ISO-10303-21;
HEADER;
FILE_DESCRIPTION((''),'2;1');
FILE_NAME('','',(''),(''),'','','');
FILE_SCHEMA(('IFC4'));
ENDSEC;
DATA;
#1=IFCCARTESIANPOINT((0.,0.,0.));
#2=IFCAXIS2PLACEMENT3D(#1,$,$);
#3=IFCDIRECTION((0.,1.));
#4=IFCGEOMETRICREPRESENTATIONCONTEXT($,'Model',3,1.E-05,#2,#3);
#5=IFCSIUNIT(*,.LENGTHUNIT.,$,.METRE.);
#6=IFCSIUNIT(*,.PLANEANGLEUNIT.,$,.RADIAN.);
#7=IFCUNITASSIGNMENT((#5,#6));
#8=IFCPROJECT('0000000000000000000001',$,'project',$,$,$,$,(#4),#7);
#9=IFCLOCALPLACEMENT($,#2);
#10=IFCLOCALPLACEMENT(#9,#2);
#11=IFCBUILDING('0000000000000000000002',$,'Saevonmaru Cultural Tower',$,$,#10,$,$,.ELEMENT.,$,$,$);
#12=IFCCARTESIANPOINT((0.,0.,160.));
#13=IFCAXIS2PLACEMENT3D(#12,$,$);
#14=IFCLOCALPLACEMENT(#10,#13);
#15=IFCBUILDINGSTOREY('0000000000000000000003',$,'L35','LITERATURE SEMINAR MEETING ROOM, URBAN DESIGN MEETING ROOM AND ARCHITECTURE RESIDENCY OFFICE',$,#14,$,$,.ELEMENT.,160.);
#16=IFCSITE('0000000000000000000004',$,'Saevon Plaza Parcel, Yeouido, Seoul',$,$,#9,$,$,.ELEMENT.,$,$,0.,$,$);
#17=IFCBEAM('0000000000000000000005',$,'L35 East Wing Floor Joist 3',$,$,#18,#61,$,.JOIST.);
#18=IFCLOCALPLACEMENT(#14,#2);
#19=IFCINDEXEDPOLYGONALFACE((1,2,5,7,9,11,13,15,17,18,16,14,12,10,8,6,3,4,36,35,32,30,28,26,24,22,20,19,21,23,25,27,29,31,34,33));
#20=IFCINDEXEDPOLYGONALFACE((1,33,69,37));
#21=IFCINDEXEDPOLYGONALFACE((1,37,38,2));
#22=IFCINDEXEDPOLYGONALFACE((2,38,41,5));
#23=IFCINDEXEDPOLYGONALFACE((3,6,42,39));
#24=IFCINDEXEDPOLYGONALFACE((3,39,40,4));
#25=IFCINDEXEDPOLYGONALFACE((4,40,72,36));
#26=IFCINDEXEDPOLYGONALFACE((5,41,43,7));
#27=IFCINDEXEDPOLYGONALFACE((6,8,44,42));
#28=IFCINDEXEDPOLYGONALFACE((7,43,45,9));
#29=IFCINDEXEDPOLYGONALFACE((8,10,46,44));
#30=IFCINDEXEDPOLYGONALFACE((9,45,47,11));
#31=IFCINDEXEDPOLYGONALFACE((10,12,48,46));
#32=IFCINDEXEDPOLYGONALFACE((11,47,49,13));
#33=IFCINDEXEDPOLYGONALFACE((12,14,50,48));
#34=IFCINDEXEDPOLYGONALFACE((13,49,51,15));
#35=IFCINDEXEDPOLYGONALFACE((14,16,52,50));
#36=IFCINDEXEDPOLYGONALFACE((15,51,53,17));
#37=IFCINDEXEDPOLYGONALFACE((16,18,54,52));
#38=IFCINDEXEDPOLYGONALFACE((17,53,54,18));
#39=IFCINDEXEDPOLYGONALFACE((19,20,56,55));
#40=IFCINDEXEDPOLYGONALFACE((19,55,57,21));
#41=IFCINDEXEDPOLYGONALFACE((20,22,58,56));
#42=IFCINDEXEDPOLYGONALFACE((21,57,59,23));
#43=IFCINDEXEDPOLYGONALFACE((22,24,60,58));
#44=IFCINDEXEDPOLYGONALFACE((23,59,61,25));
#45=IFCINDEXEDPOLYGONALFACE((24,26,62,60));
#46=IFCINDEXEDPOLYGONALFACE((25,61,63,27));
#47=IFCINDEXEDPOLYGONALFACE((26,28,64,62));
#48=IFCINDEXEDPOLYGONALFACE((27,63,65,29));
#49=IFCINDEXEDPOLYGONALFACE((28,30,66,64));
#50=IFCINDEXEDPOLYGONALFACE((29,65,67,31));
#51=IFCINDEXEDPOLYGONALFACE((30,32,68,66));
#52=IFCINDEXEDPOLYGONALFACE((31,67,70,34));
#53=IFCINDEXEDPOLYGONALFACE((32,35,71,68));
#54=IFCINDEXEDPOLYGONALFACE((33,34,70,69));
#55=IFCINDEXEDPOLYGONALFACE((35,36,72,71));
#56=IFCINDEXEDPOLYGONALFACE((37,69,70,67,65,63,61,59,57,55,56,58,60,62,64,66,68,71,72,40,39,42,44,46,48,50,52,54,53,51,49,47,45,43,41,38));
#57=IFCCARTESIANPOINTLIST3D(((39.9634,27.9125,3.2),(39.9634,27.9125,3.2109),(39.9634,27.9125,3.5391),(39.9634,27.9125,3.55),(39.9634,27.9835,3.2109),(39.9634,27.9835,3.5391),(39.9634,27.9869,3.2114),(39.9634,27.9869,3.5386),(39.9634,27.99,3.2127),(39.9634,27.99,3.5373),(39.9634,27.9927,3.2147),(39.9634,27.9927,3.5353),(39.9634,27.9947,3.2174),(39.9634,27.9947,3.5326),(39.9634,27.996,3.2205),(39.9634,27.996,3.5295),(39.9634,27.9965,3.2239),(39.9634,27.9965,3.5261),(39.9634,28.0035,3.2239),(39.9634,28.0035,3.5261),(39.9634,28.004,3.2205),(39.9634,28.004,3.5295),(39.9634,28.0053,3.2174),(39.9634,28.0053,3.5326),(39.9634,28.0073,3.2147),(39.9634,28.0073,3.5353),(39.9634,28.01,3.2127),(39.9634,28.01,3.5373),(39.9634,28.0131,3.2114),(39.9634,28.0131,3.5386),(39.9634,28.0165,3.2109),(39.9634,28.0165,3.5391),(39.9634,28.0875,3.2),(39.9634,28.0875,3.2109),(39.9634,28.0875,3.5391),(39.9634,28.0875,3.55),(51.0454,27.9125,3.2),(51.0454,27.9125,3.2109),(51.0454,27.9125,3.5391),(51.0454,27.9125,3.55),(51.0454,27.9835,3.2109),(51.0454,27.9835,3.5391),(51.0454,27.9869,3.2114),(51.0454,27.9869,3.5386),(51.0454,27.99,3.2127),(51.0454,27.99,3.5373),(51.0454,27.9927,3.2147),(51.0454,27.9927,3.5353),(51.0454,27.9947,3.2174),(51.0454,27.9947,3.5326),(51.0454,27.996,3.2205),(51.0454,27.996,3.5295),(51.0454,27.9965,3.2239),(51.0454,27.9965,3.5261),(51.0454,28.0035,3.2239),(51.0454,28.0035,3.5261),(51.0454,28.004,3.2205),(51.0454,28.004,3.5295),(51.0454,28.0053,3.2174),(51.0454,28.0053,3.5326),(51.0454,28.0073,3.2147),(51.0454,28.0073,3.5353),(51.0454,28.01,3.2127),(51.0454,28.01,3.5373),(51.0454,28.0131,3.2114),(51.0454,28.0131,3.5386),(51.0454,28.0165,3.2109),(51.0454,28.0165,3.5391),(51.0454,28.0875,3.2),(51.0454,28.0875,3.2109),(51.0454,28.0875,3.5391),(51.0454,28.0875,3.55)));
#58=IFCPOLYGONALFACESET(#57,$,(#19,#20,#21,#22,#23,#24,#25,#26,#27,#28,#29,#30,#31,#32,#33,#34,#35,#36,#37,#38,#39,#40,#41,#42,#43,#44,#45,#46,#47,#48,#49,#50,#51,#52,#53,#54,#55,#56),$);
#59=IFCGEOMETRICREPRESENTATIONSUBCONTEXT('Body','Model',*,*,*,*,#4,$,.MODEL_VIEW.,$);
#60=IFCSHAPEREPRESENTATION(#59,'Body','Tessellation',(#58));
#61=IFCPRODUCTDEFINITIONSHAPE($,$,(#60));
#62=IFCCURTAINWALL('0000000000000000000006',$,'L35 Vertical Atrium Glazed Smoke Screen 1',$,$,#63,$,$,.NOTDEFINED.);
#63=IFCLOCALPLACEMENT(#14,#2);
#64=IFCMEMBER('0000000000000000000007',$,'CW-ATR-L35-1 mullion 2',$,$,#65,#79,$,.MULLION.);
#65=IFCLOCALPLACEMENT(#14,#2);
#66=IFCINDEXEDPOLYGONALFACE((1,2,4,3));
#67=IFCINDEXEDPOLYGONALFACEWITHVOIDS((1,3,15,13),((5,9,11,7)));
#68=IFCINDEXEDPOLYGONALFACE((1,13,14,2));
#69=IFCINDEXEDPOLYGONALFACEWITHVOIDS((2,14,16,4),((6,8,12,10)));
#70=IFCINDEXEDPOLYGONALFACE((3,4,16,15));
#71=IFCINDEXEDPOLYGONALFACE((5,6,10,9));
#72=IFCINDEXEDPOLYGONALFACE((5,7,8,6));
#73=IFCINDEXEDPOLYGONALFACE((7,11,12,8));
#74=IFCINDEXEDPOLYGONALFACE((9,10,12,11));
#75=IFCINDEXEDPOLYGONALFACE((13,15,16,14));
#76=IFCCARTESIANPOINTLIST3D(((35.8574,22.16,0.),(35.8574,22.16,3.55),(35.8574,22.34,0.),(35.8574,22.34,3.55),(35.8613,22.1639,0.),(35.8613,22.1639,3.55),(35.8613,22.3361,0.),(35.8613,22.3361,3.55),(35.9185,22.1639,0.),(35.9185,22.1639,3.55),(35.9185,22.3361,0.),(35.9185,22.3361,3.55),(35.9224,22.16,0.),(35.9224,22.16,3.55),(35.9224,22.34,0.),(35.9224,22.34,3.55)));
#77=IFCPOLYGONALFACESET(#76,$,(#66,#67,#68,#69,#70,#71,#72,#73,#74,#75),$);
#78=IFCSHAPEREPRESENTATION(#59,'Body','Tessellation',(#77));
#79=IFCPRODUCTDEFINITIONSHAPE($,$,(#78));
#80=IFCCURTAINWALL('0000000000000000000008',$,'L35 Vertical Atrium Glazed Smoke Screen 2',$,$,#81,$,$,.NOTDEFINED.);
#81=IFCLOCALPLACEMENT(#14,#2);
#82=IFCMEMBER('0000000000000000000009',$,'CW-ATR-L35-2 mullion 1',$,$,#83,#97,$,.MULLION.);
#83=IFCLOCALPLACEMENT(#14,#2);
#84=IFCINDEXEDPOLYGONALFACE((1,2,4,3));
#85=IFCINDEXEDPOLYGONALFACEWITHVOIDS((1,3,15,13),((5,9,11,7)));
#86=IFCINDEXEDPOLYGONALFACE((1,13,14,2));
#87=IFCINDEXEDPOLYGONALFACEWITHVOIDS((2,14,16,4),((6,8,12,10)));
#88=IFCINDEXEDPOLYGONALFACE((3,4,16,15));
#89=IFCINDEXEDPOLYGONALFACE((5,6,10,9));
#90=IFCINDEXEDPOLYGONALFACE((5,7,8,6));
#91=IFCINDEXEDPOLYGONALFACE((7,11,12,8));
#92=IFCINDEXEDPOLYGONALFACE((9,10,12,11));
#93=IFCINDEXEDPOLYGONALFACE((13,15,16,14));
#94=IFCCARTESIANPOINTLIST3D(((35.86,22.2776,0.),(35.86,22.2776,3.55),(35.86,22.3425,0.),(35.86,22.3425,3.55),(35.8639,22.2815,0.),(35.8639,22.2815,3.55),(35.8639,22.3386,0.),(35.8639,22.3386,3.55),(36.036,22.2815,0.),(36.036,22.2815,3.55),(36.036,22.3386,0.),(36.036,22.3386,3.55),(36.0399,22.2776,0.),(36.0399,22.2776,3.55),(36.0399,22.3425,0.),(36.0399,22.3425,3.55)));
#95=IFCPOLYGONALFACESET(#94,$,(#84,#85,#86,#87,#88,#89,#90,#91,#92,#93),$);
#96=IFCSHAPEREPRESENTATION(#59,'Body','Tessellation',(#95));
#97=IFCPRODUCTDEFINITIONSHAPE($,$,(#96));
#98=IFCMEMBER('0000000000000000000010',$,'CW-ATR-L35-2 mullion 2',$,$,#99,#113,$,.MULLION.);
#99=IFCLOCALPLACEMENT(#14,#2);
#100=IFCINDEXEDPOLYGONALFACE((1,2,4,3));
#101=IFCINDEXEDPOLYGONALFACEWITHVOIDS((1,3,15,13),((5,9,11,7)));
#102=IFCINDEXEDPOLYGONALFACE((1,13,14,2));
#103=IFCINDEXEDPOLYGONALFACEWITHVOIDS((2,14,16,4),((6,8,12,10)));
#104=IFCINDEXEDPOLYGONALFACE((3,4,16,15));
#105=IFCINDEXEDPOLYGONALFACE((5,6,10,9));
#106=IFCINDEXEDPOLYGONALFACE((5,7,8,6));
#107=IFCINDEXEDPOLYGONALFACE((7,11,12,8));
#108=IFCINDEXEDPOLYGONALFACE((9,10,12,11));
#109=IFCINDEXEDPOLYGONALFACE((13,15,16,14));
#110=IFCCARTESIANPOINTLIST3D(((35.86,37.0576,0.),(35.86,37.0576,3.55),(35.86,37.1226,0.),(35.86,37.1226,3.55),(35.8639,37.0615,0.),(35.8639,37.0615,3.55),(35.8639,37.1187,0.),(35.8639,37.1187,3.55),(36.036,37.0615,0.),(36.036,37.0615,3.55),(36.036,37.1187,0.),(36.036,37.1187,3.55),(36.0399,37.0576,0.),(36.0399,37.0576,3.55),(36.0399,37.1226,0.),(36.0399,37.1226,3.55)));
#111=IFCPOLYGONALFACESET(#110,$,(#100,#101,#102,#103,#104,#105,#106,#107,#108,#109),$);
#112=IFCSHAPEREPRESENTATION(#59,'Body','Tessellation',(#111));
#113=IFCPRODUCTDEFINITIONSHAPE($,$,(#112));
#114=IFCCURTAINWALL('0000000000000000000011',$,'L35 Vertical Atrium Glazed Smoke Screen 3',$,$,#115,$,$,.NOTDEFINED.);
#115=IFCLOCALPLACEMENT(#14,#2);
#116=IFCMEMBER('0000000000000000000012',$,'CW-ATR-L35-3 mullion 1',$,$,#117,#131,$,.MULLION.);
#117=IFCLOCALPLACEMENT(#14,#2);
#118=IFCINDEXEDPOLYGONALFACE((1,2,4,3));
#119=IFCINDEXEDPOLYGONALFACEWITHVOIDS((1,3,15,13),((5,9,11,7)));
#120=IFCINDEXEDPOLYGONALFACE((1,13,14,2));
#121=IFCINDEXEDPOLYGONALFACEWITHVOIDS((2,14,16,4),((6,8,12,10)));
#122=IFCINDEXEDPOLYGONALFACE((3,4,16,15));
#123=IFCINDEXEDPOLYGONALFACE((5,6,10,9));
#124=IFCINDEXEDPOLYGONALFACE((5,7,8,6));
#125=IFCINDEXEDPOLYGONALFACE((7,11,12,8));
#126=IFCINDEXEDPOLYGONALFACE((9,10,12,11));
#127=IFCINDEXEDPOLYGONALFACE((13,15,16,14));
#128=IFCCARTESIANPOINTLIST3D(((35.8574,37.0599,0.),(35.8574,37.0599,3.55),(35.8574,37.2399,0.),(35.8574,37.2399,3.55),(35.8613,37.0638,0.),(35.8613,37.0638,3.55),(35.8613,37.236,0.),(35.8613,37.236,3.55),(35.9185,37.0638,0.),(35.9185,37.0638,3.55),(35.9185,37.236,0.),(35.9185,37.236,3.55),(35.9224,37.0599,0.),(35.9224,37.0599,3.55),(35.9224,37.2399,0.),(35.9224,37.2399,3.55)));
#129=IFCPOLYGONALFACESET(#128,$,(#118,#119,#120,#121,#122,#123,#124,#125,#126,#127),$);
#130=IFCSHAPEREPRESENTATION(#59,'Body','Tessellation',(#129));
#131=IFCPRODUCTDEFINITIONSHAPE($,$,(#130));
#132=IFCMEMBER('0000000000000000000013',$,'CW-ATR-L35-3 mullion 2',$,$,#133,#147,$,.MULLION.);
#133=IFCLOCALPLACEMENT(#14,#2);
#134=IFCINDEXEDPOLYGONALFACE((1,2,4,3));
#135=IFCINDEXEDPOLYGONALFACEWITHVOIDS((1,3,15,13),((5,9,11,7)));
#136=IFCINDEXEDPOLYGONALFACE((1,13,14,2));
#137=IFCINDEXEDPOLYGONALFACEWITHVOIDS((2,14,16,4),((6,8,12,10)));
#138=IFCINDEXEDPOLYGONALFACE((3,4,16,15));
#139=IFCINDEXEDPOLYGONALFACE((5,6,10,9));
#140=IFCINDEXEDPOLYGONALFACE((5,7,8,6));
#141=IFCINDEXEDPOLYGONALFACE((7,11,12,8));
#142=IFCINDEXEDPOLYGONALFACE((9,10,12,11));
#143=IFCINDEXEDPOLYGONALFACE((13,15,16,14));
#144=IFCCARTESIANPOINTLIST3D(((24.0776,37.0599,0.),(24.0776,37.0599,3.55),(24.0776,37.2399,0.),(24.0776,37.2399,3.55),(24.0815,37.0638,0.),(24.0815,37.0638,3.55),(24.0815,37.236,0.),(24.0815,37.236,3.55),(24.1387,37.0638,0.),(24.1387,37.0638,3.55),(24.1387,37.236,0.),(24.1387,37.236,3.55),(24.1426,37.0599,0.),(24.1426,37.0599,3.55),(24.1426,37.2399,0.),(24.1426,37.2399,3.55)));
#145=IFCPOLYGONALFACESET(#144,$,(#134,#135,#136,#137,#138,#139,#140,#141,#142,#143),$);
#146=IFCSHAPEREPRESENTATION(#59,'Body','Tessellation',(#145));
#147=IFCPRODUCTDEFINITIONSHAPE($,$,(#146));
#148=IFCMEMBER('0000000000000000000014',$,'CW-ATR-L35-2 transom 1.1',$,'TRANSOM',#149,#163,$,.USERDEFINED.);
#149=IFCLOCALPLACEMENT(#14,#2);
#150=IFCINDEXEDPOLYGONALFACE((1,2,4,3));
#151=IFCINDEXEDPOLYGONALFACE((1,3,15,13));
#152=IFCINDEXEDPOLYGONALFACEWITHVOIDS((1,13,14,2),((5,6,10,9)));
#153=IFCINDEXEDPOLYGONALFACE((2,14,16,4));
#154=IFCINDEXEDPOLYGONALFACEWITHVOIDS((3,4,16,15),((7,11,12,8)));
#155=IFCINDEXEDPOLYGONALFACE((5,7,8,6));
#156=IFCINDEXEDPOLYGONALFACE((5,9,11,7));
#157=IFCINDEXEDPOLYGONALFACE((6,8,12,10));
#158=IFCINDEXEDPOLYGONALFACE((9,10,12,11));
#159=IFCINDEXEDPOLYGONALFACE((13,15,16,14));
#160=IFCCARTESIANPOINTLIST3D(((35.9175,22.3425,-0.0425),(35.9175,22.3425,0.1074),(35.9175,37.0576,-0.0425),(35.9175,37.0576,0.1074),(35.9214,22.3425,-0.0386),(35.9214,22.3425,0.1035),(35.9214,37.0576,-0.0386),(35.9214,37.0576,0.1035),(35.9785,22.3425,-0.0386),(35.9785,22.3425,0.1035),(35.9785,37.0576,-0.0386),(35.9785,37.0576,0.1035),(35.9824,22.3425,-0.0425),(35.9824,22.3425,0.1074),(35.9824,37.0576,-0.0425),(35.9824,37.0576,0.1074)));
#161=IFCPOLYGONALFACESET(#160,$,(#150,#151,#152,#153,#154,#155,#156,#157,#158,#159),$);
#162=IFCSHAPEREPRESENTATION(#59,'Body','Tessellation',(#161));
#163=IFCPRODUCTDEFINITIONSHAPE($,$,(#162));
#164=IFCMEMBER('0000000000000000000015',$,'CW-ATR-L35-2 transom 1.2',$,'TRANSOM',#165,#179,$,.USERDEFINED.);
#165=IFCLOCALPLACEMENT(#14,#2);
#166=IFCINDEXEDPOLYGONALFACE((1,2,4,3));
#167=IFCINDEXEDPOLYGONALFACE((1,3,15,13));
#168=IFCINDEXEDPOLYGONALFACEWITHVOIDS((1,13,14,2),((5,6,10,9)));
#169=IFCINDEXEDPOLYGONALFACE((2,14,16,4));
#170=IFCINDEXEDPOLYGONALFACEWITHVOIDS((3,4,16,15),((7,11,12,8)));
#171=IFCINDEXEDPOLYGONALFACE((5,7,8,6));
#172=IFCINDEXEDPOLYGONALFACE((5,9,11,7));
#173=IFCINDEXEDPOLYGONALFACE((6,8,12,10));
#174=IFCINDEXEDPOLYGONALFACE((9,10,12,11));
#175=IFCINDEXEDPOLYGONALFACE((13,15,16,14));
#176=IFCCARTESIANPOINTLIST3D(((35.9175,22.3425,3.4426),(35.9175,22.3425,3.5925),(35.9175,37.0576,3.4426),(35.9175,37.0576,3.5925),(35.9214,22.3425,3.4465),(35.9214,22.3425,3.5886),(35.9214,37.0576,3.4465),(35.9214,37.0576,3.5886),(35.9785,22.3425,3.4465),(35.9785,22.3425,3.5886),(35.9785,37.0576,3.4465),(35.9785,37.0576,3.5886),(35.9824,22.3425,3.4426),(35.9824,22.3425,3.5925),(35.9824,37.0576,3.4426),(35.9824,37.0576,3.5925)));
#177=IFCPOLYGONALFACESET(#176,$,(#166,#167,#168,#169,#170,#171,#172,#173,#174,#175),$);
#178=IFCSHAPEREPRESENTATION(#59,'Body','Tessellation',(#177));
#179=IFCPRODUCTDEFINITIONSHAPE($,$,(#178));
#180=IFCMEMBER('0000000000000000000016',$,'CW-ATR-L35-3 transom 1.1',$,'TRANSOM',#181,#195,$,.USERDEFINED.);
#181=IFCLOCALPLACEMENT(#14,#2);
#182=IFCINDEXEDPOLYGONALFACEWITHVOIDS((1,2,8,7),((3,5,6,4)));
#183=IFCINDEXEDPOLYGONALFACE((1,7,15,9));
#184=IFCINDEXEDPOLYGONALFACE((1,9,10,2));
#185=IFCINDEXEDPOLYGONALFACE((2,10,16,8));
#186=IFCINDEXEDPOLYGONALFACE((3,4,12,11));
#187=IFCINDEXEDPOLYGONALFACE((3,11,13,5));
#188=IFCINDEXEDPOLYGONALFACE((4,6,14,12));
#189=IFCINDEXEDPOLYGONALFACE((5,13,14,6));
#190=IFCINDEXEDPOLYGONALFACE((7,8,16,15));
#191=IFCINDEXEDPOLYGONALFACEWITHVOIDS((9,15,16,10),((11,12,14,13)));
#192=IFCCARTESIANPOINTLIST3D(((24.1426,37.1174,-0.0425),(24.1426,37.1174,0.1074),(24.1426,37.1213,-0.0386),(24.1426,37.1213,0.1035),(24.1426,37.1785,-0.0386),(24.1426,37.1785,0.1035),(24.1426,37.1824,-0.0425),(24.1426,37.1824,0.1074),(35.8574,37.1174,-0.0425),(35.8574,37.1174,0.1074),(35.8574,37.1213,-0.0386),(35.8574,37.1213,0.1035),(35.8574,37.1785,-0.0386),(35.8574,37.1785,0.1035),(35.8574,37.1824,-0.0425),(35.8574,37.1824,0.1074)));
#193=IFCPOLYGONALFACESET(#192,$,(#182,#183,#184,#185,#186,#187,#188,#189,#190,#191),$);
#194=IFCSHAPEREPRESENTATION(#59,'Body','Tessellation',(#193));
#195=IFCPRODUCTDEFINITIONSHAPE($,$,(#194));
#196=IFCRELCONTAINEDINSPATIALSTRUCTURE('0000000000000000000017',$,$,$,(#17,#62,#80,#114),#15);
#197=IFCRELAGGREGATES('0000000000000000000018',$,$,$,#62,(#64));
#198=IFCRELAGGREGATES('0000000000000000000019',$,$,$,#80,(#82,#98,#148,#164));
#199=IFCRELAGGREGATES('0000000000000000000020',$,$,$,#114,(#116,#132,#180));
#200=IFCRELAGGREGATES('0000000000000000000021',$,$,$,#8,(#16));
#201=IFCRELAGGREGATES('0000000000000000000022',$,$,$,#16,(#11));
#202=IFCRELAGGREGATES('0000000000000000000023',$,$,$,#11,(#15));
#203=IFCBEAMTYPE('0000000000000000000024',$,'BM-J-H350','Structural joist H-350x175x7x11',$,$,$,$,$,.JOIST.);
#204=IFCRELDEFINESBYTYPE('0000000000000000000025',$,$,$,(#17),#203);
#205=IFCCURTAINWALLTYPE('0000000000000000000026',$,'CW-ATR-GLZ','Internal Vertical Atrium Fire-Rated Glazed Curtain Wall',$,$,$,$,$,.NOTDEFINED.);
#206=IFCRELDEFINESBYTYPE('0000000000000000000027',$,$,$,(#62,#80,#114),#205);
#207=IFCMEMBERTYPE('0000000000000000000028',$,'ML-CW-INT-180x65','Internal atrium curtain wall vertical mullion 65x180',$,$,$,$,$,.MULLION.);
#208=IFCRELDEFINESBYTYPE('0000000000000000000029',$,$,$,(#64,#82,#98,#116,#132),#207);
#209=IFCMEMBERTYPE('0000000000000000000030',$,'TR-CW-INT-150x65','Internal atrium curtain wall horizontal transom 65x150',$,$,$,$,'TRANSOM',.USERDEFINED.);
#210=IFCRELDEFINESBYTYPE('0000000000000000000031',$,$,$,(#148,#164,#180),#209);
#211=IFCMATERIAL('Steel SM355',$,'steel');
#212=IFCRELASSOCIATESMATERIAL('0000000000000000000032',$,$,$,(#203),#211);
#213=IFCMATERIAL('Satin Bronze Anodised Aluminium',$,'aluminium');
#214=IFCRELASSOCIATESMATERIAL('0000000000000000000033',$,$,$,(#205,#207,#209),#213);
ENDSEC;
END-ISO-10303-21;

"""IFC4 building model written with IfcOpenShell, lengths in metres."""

from ifc_helpers import new_model, si_unit, direction, frame, origin, origin_2d, place, context, subcontext, project, spatial, hollow_rectangle, i_section, extrude, material, material_profile, profile_set, type_object, element, aggregate, save


model = new_model("IFC4")

# Units and contexts
model_context = context("Model", 3, precision=1e-05, world=origin(), true_north=direction((0.0, 1.0)))
body_context = subcontext(model_context, "Body", "Model", "MODEL_VIEW")
ifc_project = project(units=[si_unit("LENGTHUNIT", "METRE"), si_unit("PLANEANGLEUNIT", "RADIAN")], contexts=[model_context])

# Site, building, storey
site_placement = place(None, origin())
site = spatial("IfcSite", under=ifc_project, at=site_placement, Name="Saevon Plaza Parcel, Yeouido, Seoul", CompositionType="ELEMENT", RefElevation=0.0)
building_placement = place(site_placement, origin())
building = spatial("IfcBuilding", under=site, at=building_placement, Name="Saevonmaru Cultural Tower", CompositionType="ELEMENT")
storey_placement = place(building_placement, frame((0.0, 0.0, 160.0)))
storey = spatial("IfcBuildingStorey", under=building, at=storey_placement, Name="L35", Description="LITERATURE SEMINAR MEETING ROOM, URBAN DESIGN MEETING ROOM AND ARCHITECTURE RESIDENCY OFFICE", CompositionType="ELEMENT", Elevation=160.0)

# Shared definitions
ifc_material_1 = material(Name="Steel SM355", Category="steel")

# Beam
ifc_material_profile_1 = material_profile(ifc_material_1, i_section(OverallWidth=0.175, OverallDepth=0.3501, WebThickness=0.0071, FlangeThickness=0.011, FilletRadius=0.0129, at=origin_2d()), Name="H-350x175x7x11")
ifc_profile_set_1 = profile_set([ifc_material_profile_1], Name="Steel SM355")
beam_type_1 = type_object("IfcBeamType", Name="BM-J-H350", Description="Structural joist H-350x175x7x11", PredefinedType="JOIST", material=ifc_profile_set_1)
beam_1_placement = place(storey_placement, frame((39.9634, 28.0, 3.375), z_axis=(1.0, 0.0, 0.0), x_axis=(0.0, 1.0, 0.0)))
element("IfcBeam", 1, at=beam_1_placement, inside=storey, type_object=beam_type_1, Name="L35 East Wing Floor Joist 3", PredefinedType="JOIST", context=body_context, shape_type="SweptSolid", body=[
    extrude(i_section(OverallWidth=0.175, OverallDepth=0.3501, WebThickness=0.0071, FlangeThickness=0.011, FilletRadius=0.0129, at=origin_2d()), origin(), (0.0, 0.0, 1.0), 11.082),
])

# Curtain wall, member
ifc_material_2 = material(Name="Satin Bronze Anodised Aluminium", Category="aluminium")
curtain_wall_type = type_object("IfcCurtainWallType", Name="CW-ATR-GLZ", Description="Internal Vertical Atrium Fire-Rated Glazed Curtain Wall", PredefinedType="NOTDEFINED", material=ifc_material_2)
curtain_wall_1_placement = place(storey_placement, origin())
curtain_wall_1 = element("IfcCurtainWall", 2, at=curtain_wall_1_placement, inside=storey, type_object=curtain_wall_type, Name="L35 Vertical Atrium Glazed Smoke Screen 1", PredefinedType="NOTDEFINED")
ifc_material_profile_2 = material_profile(ifc_material_2, hollow_rectangle(XDim=0.0649, YDim=0.1799, WallThickness=0.0039, at=origin_2d()), Name="ALU-MULL-180x65x4")
ifc_profile_set_2 = profile_set([ifc_material_profile_2], Name="Satin Bronze Anodised Aluminium")
member_type_1 = type_object("IfcMemberType", Name="ML-CW-INT-180x65", Description="Internal atrium curtain wall vertical mullion 65x180", PredefinedType="MULLION", material=ifc_profile_set_2)
member_1_placement = place(storey_placement, frame((35.8899, 22.25, 0.0), z_axis=(0.0, 0.0, 1.0), x_axis=(1.0, 0.0, 0.0)))
member_1 = element("IfcMember", 3, at=member_1_placement, type_object=member_type_1, Name="CW-ATR-L35-1 mullion 2", PredefinedType="MULLION", context=body_context, shape_type="SweptSolid", body=[
    extrude(hollow_rectangle(XDim=0.0649, YDim=0.1799, WallThickness=0.0039, at=origin_2d()), origin(), (0.0, 0.0, 1.0), 3.55),
])
aggregate(curtain_wall_1, [member_1])

# Curtain walls, members
curtain_wall_2_placement = place(storey_placement, origin())
curtain_wall_2 = element("IfcCurtainWall", 4, at=curtain_wall_2_placement, inside=storey, type_object=curtain_wall_type, Name="L35 Vertical Atrium Glazed Smoke Screen 2", PredefinedType="NOTDEFINED")
member_2_placement = place(storey_placement, frame((35.95, 22.3101, 0.0), z_axis=(0.0, 0.0, 1.0), x_axis=(0.0, 1.0, 0.0)))
member_2 = element("IfcMember", 5, at=member_2_placement, type_object=member_type_1, Name="CW-ATR-L35-2 mullion 1", PredefinedType="MULLION", context=body_context, shape_type="SweptSolid", body=[
    extrude(hollow_rectangle(XDim=0.0649, YDim=0.1799, WallThickness=0.0039, at=origin_2d()), origin(), (0.0, 0.0, 1.0), 3.55),
])
member_3_placement = place(storey_placement, frame((35.95, 37.0901, 0.0), z_axis=(0.0, 0.0, 1.0), x_axis=(0.0, 1.0, 0.0)))
member_3 = element("IfcMember", 6, at=member_3_placement, type_object=member_type_1, Name="CW-ATR-L35-2 mullion 2", PredefinedType="MULLION", context=body_context, shape_type="SweptSolid", body=[
    extrude(hollow_rectangle(XDim=0.0649, YDim=0.1799, WallThickness=0.0039, at=origin_2d()), origin(), (0.0, 0.0, 1.0), 3.55),
])
curtain_wall_3_placement = place(storey_placement, origin())
curtain_wall_3 = element("IfcCurtainWall", 7, at=curtain_wall_3_placement, inside=storey, type_object=curtain_wall_type, Name="L35 Vertical Atrium Glazed Smoke Screen 3", PredefinedType="NOTDEFINED")
member_4_placement = place(storey_placement, frame((35.8899, 37.1499, 0.0), z_axis=(0.0, 0.0, 1.0), x_axis=(-1.0, 0.0, 0.0)))
member_4 = element("IfcMember", 8, at=member_4_placement, type_object=member_type_1, Name="CW-ATR-L35-3 mullion 1", PredefinedType="MULLION", context=body_context, shape_type="SweptSolid", body=[
    extrude(hollow_rectangle(XDim=0.0649, YDim=0.1799, WallThickness=0.0039, at=origin_2d()), origin(), (0.0, 0.0, 1.0), 3.55),
])
member_5_placement = place(storey_placement, frame((24.1101, 37.1499, 0.0), z_axis=(0.0, 0.0, 1.0), x_axis=(-1.0, 0.0, 0.0)))
member_5 = element("IfcMember", 9, at=member_5_placement, type_object=member_type_1, Name="CW-ATR-L35-3 mullion 2", PredefinedType="MULLION", context=body_context, shape_type="SweptSolid", body=[
    extrude(hollow_rectangle(XDim=0.0649, YDim=0.1799, WallThickness=0.0039, at=origin_2d()), origin(), (0.0, 0.0, 1.0), 3.55),
])

# Members
ifc_material_profile_3 = material_profile(ifc_material_2, hollow_rectangle(XDim=0.0649, YDim=0.1499, WallThickness=0.0039, at=origin_2d()), Name="ALU-TRAN-150x65x4")
ifc_profile_set_3 = profile_set([ifc_material_profile_3], Name="Satin Bronze Anodised Aluminium")
member_type_2 = type_object("IfcMemberType", Name="TR-CW-INT-150x65", Description="Internal atrium curtain wall horizontal transom 65x150", ElementType="TRANSOM", PredefinedType="USERDEFINED", material=ifc_profile_set_3)
member_6_placement = place(storey_placement, frame((35.95, 22.3425, 0.0325), z_axis=(0.0, 1.0, 0.0), x_axis=(-1.0, 0.0, 0.0)))
member_6 = element("IfcMember", 10, at=member_6_placement, type_object=member_type_2, Name="CW-ATR-L35-2 transom 1.1", ObjectType="TRANSOM", PredefinedType="USERDEFINED", context=body_context, shape_type="SweptSolid", body=[
    extrude(hollow_rectangle(XDim=0.0649, YDim=0.1499, WallThickness=0.0039, at=origin_2d()), origin(), (0.0, 0.0, 1.0), 14.7151),
])
member_7_placement = place(storey_placement, frame((35.95, 22.3425, 3.5176), z_axis=(0.0, 1.0, 0.0), x_axis=(-1.0, 0.0, 0.0)))
member_7 = element("IfcMember", 11, at=member_7_placement, type_object=member_type_2, Name="CW-ATR-L35-2 transom 1.2", ObjectType="TRANSOM", PredefinedType="USERDEFINED", context=body_context, shape_type="SweptSolid", body=[
    extrude(hollow_rectangle(XDim=0.0649, YDim=0.1499, WallThickness=0.0039, at=origin_2d()), origin(), (0.0, 0.0, 1.0), 14.7151),
])
member_8_placement = place(storey_placement, frame((35.8574, 37.1499, 0.0325), z_axis=(-1.0, 0.0, 0.0), x_axis=(0.0, -1.0, 0.0)))
member_8 = element("IfcMember", 12, at=member_8_placement, type_object=member_type_2, Name="CW-ATR-L35-3 transom 1.1", ObjectType="TRANSOM", PredefinedType="USERDEFINED", context=body_context, shape_type="SweptSolid", body=[
    extrude(hollow_rectangle(XDim=0.0649, YDim=0.1499, WallThickness=0.0039, at=origin_2d()), origin(), (0.0, 0.0, 1.0), 11.7148),
])

aggregate(curtain_wall_2, [member_2, member_3, member_6, member_7])
aggregate(curtain_wall_3, [member_4, member_5, member_8])

save(model, "model.ifc")
